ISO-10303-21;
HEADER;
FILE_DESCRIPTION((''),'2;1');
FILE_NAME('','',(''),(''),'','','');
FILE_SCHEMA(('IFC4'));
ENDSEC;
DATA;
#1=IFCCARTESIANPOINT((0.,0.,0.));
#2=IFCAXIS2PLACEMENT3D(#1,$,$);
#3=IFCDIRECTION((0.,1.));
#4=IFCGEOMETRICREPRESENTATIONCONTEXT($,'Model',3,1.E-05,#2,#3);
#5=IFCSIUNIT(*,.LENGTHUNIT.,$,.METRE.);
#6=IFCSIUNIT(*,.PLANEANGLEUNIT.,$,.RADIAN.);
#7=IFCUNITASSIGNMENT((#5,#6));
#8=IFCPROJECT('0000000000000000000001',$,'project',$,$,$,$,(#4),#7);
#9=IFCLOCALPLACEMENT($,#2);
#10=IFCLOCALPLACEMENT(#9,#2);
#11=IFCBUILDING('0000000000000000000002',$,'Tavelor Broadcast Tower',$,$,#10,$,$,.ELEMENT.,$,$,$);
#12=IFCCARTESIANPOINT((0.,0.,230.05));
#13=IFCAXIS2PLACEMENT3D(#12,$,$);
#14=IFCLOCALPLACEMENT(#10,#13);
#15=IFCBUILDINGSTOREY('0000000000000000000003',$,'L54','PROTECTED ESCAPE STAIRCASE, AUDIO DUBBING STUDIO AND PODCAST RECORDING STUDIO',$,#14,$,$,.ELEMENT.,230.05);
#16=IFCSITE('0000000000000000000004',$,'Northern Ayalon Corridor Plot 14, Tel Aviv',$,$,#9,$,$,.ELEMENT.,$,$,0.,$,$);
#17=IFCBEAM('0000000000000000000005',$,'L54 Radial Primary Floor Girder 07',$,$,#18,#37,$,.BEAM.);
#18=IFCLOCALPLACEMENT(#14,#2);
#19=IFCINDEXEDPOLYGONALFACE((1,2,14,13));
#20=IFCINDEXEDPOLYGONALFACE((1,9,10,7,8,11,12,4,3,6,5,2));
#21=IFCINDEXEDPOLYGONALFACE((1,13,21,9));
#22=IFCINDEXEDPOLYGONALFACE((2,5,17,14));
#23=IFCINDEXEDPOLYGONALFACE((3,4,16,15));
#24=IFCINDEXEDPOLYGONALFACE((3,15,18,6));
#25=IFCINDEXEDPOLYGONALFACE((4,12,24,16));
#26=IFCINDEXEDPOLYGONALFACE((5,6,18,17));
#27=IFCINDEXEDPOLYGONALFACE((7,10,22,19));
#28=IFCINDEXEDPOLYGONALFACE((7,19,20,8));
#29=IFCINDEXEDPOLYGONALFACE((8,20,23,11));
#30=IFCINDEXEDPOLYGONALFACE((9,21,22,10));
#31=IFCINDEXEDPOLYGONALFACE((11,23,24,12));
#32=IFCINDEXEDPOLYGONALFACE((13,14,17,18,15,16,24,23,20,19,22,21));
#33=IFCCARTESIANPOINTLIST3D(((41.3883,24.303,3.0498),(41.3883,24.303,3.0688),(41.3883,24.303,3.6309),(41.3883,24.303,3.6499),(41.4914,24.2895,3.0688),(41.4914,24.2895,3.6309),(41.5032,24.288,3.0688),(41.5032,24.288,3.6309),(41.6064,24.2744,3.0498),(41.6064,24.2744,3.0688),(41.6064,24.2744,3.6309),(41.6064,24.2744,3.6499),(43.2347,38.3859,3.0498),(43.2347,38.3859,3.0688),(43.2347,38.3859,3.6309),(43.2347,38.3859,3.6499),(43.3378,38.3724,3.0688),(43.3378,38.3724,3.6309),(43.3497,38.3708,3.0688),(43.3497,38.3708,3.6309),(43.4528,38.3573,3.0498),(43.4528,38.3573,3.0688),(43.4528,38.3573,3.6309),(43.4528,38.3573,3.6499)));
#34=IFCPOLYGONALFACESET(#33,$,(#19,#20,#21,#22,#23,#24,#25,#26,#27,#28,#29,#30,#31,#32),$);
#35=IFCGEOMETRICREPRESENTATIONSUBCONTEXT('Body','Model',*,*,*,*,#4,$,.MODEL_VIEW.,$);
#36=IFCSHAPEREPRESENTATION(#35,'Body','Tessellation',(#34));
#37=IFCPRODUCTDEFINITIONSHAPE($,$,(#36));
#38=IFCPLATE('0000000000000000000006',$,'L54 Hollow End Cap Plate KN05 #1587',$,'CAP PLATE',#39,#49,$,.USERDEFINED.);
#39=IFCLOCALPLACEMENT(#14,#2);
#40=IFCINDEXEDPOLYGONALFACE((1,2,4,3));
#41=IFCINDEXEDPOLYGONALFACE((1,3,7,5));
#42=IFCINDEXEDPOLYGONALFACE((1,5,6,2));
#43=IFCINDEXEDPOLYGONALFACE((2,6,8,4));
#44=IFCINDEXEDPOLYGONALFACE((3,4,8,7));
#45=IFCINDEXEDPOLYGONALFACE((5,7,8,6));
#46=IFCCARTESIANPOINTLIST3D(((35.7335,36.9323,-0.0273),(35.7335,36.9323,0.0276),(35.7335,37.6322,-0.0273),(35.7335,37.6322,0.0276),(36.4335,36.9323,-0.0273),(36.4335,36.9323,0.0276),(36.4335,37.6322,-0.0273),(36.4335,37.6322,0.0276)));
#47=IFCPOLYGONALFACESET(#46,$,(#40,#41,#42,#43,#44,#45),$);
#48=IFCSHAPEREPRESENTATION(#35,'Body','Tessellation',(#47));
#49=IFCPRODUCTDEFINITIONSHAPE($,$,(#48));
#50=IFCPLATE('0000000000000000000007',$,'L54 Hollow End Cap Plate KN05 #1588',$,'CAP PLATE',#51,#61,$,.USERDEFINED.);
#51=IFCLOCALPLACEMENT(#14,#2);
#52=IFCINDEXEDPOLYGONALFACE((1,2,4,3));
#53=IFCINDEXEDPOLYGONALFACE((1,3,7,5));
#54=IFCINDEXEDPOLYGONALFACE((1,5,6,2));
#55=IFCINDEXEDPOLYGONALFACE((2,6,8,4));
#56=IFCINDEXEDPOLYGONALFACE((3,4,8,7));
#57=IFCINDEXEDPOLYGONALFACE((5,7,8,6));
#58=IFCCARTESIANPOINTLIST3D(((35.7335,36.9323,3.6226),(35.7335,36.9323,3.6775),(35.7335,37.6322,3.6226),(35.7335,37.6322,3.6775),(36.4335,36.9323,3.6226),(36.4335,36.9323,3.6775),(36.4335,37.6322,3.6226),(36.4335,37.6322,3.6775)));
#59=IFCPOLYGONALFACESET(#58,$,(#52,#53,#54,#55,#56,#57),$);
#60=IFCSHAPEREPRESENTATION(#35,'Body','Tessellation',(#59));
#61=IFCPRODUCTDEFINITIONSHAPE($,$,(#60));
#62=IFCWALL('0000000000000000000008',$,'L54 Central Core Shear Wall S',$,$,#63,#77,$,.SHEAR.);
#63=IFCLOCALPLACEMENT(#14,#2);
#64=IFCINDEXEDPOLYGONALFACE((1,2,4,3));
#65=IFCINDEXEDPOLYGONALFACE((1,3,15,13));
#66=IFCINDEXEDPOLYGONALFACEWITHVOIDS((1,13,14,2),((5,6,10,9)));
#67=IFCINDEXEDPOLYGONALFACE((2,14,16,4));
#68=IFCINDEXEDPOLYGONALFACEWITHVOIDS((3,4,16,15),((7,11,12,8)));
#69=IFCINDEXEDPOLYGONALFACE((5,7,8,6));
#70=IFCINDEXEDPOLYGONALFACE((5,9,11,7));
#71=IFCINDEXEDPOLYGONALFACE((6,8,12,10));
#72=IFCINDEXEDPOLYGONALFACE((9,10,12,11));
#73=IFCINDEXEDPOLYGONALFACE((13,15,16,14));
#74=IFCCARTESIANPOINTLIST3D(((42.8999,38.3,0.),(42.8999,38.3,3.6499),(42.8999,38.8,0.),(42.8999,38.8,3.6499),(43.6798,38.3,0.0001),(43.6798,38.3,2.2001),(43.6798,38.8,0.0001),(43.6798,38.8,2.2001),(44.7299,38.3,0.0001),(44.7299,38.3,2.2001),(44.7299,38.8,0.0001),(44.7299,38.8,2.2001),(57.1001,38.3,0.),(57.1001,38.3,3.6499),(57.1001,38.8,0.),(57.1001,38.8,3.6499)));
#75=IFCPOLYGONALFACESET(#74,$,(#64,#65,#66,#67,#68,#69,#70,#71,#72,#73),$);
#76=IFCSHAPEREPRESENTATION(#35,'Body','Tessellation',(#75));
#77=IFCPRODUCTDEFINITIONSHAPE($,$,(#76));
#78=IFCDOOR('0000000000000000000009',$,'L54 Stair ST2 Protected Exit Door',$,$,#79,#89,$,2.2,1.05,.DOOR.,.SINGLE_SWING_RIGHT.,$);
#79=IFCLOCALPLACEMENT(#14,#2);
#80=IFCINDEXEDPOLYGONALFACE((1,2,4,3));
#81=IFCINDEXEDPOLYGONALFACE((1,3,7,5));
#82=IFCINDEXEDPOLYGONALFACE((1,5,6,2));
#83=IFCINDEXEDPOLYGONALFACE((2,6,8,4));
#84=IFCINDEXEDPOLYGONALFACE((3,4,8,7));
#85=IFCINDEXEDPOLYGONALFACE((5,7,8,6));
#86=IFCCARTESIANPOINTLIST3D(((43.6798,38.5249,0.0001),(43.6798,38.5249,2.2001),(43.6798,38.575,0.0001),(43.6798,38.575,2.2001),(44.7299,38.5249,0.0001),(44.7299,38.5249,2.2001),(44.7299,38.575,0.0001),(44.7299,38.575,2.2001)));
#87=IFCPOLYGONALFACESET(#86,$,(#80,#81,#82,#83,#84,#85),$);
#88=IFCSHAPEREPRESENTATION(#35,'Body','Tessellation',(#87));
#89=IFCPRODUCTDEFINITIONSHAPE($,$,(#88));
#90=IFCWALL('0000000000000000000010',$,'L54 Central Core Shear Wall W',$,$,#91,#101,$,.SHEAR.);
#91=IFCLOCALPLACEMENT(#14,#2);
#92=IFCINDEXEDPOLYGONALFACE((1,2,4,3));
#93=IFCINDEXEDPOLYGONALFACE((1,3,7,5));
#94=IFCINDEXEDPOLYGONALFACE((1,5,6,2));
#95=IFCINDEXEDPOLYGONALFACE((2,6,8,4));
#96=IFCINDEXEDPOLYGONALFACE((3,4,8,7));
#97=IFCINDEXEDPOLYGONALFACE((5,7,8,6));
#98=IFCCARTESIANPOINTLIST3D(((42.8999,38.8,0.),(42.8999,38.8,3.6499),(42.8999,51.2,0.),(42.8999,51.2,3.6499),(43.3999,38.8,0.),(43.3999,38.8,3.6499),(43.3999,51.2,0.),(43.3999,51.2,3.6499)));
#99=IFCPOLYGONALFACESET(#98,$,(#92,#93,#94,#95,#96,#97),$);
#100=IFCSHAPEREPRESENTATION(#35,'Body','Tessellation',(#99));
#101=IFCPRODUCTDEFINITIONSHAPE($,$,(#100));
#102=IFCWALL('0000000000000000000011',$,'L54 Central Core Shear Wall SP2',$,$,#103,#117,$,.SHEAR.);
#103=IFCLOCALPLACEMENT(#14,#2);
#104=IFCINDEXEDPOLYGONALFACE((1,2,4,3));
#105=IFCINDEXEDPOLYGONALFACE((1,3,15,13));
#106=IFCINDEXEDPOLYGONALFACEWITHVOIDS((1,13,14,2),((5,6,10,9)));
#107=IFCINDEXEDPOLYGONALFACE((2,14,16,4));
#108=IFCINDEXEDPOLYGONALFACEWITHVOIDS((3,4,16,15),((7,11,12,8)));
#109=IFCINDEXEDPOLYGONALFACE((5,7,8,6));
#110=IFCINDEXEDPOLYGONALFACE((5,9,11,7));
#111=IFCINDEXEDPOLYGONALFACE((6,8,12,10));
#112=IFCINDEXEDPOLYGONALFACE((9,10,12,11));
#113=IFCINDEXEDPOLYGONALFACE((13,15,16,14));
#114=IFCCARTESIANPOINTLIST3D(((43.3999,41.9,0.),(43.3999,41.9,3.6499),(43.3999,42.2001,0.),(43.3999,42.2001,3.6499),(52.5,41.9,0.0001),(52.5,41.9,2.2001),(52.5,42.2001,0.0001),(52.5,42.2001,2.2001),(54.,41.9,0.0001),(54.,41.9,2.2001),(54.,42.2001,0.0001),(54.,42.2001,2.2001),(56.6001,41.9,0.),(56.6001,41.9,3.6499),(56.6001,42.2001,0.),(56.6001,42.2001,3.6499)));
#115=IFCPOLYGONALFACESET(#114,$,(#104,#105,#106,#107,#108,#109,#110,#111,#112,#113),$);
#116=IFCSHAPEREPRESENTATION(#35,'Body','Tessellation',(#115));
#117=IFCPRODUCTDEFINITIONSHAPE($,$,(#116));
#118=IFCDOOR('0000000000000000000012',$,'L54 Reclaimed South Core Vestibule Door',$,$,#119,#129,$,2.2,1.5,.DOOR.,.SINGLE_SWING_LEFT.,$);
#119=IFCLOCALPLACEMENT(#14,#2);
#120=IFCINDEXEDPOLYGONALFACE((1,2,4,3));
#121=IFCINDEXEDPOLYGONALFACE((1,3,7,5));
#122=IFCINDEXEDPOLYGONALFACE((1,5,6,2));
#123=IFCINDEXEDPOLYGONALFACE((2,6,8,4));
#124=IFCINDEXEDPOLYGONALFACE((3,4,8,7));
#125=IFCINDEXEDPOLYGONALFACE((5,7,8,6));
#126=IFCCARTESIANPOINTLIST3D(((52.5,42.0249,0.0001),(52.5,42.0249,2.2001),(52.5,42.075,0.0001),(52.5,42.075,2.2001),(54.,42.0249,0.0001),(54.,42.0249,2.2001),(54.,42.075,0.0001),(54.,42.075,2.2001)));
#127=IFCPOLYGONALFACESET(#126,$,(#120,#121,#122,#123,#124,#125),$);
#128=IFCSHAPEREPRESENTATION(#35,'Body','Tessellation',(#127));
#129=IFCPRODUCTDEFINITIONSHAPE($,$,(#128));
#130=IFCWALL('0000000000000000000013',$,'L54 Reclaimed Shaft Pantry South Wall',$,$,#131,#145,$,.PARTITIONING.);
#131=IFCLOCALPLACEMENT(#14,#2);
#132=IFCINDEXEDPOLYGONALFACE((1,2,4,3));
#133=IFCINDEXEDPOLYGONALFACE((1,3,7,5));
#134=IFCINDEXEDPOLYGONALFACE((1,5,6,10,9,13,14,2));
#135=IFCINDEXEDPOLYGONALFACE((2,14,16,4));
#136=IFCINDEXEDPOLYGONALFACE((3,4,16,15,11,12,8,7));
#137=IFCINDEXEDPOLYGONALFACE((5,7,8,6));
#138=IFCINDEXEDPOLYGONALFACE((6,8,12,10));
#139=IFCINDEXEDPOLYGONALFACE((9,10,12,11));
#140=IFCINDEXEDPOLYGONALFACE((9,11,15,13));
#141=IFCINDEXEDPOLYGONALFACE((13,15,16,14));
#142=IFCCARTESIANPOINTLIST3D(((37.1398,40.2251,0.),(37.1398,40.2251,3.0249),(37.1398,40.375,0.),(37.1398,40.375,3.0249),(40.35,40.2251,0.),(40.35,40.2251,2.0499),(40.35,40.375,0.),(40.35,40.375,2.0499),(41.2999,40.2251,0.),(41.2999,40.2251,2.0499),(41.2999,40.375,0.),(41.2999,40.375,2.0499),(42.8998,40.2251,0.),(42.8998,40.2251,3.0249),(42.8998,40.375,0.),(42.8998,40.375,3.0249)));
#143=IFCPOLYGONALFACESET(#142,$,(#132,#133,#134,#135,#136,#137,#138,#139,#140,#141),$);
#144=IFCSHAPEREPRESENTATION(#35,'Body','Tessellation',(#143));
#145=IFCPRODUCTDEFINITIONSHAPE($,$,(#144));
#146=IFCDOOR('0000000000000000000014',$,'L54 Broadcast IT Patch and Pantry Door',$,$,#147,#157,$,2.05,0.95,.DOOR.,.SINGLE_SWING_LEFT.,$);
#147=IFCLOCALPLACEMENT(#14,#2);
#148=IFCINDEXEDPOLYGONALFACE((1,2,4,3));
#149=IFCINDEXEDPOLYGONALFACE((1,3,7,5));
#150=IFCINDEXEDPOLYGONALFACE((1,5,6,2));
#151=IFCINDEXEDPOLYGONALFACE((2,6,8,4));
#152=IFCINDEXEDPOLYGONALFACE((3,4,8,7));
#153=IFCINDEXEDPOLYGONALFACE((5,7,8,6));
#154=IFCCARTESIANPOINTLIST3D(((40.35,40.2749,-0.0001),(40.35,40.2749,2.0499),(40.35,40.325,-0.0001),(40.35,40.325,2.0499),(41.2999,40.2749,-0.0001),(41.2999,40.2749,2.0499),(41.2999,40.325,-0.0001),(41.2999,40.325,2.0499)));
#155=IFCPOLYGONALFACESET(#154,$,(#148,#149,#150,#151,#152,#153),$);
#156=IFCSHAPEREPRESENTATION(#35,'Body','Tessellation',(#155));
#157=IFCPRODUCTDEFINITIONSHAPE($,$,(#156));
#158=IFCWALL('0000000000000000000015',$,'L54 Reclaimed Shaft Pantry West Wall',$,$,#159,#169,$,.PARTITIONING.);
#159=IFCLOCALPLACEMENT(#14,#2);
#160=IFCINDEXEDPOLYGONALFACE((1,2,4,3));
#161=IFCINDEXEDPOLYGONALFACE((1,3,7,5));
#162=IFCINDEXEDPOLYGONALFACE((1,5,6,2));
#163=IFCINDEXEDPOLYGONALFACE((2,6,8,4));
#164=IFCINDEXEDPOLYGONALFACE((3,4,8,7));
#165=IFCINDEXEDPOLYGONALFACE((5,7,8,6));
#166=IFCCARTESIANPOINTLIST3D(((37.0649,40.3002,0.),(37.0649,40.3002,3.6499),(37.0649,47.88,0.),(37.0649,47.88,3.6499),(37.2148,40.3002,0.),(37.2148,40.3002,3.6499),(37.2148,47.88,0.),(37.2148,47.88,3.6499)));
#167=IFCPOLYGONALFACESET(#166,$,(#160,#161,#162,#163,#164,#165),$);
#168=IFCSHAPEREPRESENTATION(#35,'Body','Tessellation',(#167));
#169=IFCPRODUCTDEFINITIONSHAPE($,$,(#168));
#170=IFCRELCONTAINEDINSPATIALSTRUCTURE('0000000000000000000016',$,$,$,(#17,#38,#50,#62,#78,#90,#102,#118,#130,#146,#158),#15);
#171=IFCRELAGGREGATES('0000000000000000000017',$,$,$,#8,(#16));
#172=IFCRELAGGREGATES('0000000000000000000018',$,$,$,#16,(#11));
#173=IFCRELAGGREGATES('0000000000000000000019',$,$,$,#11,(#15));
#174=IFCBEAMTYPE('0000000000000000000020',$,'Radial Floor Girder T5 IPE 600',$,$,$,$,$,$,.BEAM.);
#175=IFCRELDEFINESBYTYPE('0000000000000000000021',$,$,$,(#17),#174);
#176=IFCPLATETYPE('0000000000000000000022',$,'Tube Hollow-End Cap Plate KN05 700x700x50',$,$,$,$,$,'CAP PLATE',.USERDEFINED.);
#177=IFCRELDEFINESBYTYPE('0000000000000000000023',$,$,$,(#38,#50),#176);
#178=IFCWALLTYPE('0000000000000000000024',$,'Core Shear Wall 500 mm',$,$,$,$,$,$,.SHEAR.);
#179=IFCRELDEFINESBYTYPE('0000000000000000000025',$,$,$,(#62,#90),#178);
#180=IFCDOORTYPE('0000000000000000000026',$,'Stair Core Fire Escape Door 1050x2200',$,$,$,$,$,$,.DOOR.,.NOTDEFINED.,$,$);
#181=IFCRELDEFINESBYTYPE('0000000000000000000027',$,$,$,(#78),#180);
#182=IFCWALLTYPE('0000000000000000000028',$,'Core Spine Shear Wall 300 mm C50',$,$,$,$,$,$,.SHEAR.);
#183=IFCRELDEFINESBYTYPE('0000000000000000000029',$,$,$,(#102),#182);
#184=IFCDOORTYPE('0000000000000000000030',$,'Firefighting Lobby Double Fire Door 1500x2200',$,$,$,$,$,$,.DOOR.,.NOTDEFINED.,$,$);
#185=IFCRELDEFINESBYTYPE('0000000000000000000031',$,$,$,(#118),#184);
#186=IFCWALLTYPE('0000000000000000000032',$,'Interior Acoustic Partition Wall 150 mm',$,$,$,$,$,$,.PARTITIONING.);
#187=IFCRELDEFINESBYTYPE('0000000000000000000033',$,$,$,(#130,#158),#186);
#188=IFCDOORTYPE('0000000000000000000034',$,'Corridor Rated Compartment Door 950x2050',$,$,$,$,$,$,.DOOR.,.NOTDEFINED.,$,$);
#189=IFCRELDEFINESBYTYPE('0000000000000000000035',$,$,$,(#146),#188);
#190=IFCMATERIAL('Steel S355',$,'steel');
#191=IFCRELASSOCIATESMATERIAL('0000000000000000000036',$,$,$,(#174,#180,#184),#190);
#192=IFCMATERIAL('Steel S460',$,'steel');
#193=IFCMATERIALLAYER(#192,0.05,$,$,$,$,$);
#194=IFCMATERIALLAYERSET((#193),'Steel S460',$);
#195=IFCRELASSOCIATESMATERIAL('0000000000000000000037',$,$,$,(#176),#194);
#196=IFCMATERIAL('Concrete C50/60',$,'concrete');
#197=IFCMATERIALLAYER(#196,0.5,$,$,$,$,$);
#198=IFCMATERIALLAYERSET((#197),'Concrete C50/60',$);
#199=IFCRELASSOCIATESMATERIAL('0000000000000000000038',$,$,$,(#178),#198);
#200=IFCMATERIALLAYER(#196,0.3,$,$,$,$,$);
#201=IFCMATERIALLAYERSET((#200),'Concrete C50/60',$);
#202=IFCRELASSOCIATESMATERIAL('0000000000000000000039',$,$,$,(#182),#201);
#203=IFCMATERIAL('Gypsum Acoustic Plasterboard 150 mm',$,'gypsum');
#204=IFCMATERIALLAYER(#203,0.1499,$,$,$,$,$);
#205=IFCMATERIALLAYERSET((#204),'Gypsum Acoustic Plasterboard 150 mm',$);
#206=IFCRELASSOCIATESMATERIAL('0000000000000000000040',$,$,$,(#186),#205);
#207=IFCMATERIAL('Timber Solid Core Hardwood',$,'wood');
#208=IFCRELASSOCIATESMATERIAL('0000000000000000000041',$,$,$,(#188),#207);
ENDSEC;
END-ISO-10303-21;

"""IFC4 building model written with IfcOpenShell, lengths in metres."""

from ifc_helpers import new_model, si_unit, direction, frame, frame_2d, origin, origin_2d, place, context, subcontext, project, spatial, rectangle, i_section, extrude, source, transform, mapped, material, layer, layer_set, material_profile, profile_set, type_object, type_shapes, element, fill, save


model = new_model("IFC4")

# Units and contexts
model_context = context("Model", 3, precision=1e-05, world=origin(), true_north=direction((0.0, 1.0)))
body_context = subcontext(model_context, "Body", "Model", "MODEL_VIEW")
ifc_project = project(units=[si_unit("LENGTHUNIT", "METRE"), si_unit("PLANEANGLEUNIT", "RADIAN")], contexts=[model_context])

# Site, building, storey
site_placement = place(None, origin())
site = spatial("IfcSite", under=ifc_project, at=site_placement, Name="Northern Ayalon Corridor Plot 14, Tel Aviv", CompositionType="ELEMENT", RefElevation=0.0)
building_placement = place(site_placement, origin())
building = spatial("IfcBuilding", under=site, at=building_placement, Name="Tavelor Broadcast Tower", CompositionType="ELEMENT")
storey_placement = place(building_placement, frame((0.0, 0.0, 230.05)))
storey = spatial("IfcBuildingStorey", under=building, at=storey_placement, Name="L54", Description="PROTECTED ESCAPE STAIRCASE, AUDIO DUBBING STUDIO AND PODCAST RECORDING STUDIO", CompositionType="ELEMENT", Elevation=230.05)

# Shared definitions
ifc_material_1 = material(Name="Concrete C50/60", Category="concrete")
ifc_material_2 = material(Name="Steel S460", Category="steel")

# Beam
ifc_material_3 = material(Name="Steel S355", Category="steel")
ifc_material_profile_1 = material_profile(ifc_material_3, i_section(OverallWidth=0.22, OverallDepth=0.6001, WebThickness=0.012, FlangeThickness=0.019, at=origin_2d()), Name="IPE 600")
ifc_profile_set_1 = profile_set([ifc_material_profile_1], Name="Steel S355")
beam_type_1 = type_object("IfcBeamType", Name="Radial Floor Girder T5 IPE 600", PredefinedType="BEAM", material=ifc_profile_set_1)
beam_1_placement = place(storey_placement, frame((43.3438, 38.3716, 3.3499), z_axis=(-0.130001, -0.991514, 0.0), x_axis=(0.991514, -0.130001, 0.0)))
element("IfcBeam", 1, at=beam_1_placement, inside=storey, type_object=beam_type_1, Name="L54 Radial Primary Floor Girder 07", PredefinedType="BEAM", context=body_context, shape_type="SweptSolid", body=[
    extrude(i_section(OverallWidth=0.22, OverallDepth=0.6001, WebThickness=0.012, FlangeThickness=0.019, at=origin_2d()), origin(), (0.0, 0.0, 1.0), 14.2034),
])

# Plates
ifc_layer_1 = layer(ifc_material_2, 0.05)
ifc_layer_set_1 = layer_set([ifc_layer_1], Name="Steel S460")
plate_type = type_object("IfcPlateType", Name="Tube Hollow-End Cap Plate KN05 700x700x50", ElementType="CAP PLATE", PredefinedType="USERDEFINED", material=ifc_layer_set_1)
shared_shape = source(origin(), body_context, "Body", "SweptSolid", [
    extrude(rectangle(XDim=0.7, YDim=0.7, at=origin_2d()), origin(), (0.0, 0.0, 1.0), 0.0549),
])
type_shapes(plate_type, [shared_shape])
for number, where, z_axis, x_axis, name in (
    (2, (36.0835, 37.2822, -0.0273), (0.0, 0.0, 1.0), (1.0, 0.0, 0.0), "L54 Hollow End Cap Plate KN05 #1587"),
    (3, (36.0835, 37.2822, 3.6226), (0.0, 0.0, 1.0), (1.0, 0.0, 0.0), "L54 Hollow End Cap Plate KN05 #1588"),
):
    element("IfcPlate", number, at=place(storey_placement, frame(where, z_axis=z_axis, x_axis=x_axis)), inside=storey, type_object=plate_type, Name=name, ObjectType="CAP PLATE", PredefinedType="USERDEFINED", context=body_context, shape_type="MappedRepresentation", body=[
        mapped(shared_shape, transform((0.0, 0.0, 0.0), scale=1.0)),
    ])

# Wall, opening, door
ifc_layer_2 = layer(ifc_material_1, 0.5)
ifc_layer_set_2 = layer_set([ifc_layer_2], Name="Concrete C50/60")
wall_type_1 = type_object("IfcWallType", Name="Core Shear Wall 500 mm", PredefinedType="SHEAR", material=ifc_layer_set_2)
wall_1_placement = place(storey_placement, frame((42.8999, 38.55, 0.0), z_axis=(0.0, 0.0, 1.0), x_axis=(1.0, 0.0, 0.0)))
wall_1 = element("IfcWall", 4, at=wall_1_placement, inside=storey, type_object=wall_type_1, Name="L54 Central Core Shear Wall S", PredefinedType="SHEAR", context=body_context, shape_type="SweptSolid", body=[
    extrude(rectangle(XDim=14.2002, YDim=0.5, at=frame_2d((7.1001, 0.0))), origin(), (0.0, 0.0, 1.0), 3.6499),
])
opening_1_placement = place(wall_1_placement, frame((0.78, 0.0, 0.0)))
opening_1 = element("IfcOpeningElement", 5, at=opening_1_placement, cuts=wall_1, PredefinedType="OPENING", context=body_context, shape_type="SweptSolid", body=[
    extrude(rectangle(XDim=1.05, YDim=2.2, at=frame_2d((0.5249, 1.1001))), frame((0.0, 0.26, 0.0), z_axis=(0.0, -1.0, 0.0), x_axis=(1.0, 0.0, 0.0)), (0.0, 0.0, 1.0), 0.52),
])
door_type_1 = type_object("IfcDoorType", Name="Stair Core Fire Escape Door 1050x2200", OperationType="NOTDEFINED", PredefinedType="DOOR", material=ifc_material_3)
door_1_placement = place(opening_1_placement, origin())
door_1 = element("IfcDoor", 6, at=door_1_placement, inside=storey, type_object=door_type_1, Name="L54 Stair ST2 Protected Exit Door", OperationType="SINGLE_SWING_RIGHT", OverallHeight=2.2, OverallWidth=1.05, PredefinedType="DOOR", context=body_context, shape_type="SweptSolid", body=[
    extrude(rectangle(XDim=1.05, YDim=2.2, at=frame_2d((0.5249, 1.1001))), frame((0.0, 0.0249, 0.0), z_axis=(0.0, -1.0, 0.0), x_axis=(1.0, 0.0, 0.0)), (0.0, 0.0, 1.0), 0.05),
])
fill(opening_1, door_1)

# Wall
wall_2_placement = place(storey_placement, frame((43.1499, 38.8, 0.0), z_axis=(0.0, 0.0, 1.0), x_axis=(0.0, 1.0, 0.0)))
element("IfcWall", 7, at=wall_2_placement, inside=storey, type_object=wall_type_1, Name="L54 Central Core Shear Wall W", PredefinedType="SHEAR", context=body_context, shape_type="SweptSolid", body=[
    extrude(rectangle(XDim=12.3999, YDim=0.5, at=frame_2d((6.2, 0.0))), origin(), (0.0, 0.0, 1.0), 3.6499),
])

# Walls, openings, doors
ifc_layer_3 = layer(ifc_material_1, 0.3)
ifc_layer_set_3 = layer_set([ifc_layer_3], Name="Concrete C50/60")
wall_type_2 = type_object("IfcWallType", Name="Core Spine Shear Wall 300 mm C50", PredefinedType="SHEAR", material=ifc_layer_set_3)
wall_3_placement = place(storey_placement, frame((43.3999, 42.05, 0.0), z_axis=(0.0, 0.0, 1.0), x_axis=(1.0, 0.0, 0.0)))
wall_3 = element("IfcWall", 8, at=wall_3_placement, inside=storey, type_object=wall_type_2, Name="L54 Central Core Shear Wall SP2", PredefinedType="SHEAR", context=body_context, shape_type="SweptSolid", body=[
    extrude(rectangle(XDim=13.2002, YDim=0.3, at=frame_2d((6.6001, 0.0))), origin(), (0.0, 0.0, 1.0), 3.6499),
])
opening_2_placement = place(wall_3_placement, frame((9.1001, 0.0, 0.0)))
opening_2 = element("IfcOpeningElement", 9, at=opening_2_placement, cuts=wall_3, PredefinedType="OPENING", context=body_context, shape_type="SweptSolid", body=[
    extrude(rectangle(XDim=1.5, YDim=2.2, at=frame_2d((0.75, 1.1001))), frame((0.0, 0.1602, 0.0), z_axis=(0.0, -1.0, 0.0), x_axis=(1.0, 0.0, 0.0)), (0.0, 0.0, 1.0), 0.3201),
])
door_type_2 = type_object("IfcDoorType", Name="Firefighting Lobby Double Fire Door 1500x2200", OperationType="NOTDEFINED", PredefinedType="DOOR", material=ifc_material_3)
door_2_placement = place(opening_2_placement, origin())
door_2 = element("IfcDoor", 10, at=door_2_placement, inside=storey, type_object=door_type_2, Name="L54 Reclaimed South Core Vestibule Door", OperationType="SINGLE_SWING_LEFT", OverallHeight=2.2, OverallWidth=1.5, PredefinedType="DOOR", context=body_context, shape_type="SweptSolid", body=[
    extrude(rectangle(XDim=1.5, YDim=2.2, at=frame_2d((0.75, 1.1001))), frame((0.0, 0.0249, 0.0), z_axis=(0.0, -1.0, 0.0), x_axis=(1.0, 0.0, 0.0)), (0.0, 0.0, 1.0), 0.05),
])
fill(opening_2, door_2)
ifc_material_4 = material(Name="Gypsum Acoustic Plasterboard 150 mm", Category="gypsum")
ifc_layer_4 = layer(ifc_material_4, 0.1499)
ifc_layer_set_4 = layer_set([ifc_layer_4], Name="Gypsum Acoustic Plasterboard 150 mm")
wall_type_3 = type_object("IfcWallType", Name="Interior Acoustic Partition Wall 150 mm", PredefinedType="PARTITIONING", material=ifc_layer_set_4)
wall_4_placement = place(storey_placement, frame((37.1399, 40.3, 0.0), z_axis=(0.0, 0.0, 1.0), x_axis=(1.0, 0.0, 0.0)))
wall_4 = element("IfcWall", 11, at=wall_4_placement, inside=storey, type_object=wall_type_3, Name="L54 Reclaimed Shaft Pantry South Wall", PredefinedType="PARTITIONING", context=body_context, shape_type="SweptSolid", body=[
    extrude(rectangle(XDim=5.76, YDim=0.1499, at=frame_2d((2.8799, 0.0))), origin(), (0.0, 0.0, 1.0), 3.0249),
])
opening_3_placement = place(wall_4_placement, frame((3.21, 0.0, 0.0)))
opening_3 = element("IfcOpeningElement", 12, at=opening_3_placement, cuts=wall_4, PredefinedType="OPENING", context=body_context, shape_type="SweptSolid", body=[
    extrude(rectangle(XDim=0.95, YDim=2.05, at=frame_2d((0.4751, 1.0249))), frame((0.0, 0.085, 0.0), z_axis=(0.0, -1.0, 0.0), x_axis=(1.0, 0.0, 0.0)), (0.0, 0.0, 1.0), 0.1699),
])
ifc_material_5 = material(Name="Timber Solid Core Hardwood", Category="wood")
door_type_3 = type_object("IfcDoorType", Name="Corridor Rated Compartment Door 950x2050", OperationType="NOTDEFINED", PredefinedType="DOOR", material=ifc_material_5)
door_3_placement = place(opening_3_placement, origin())
door_3 = element("IfcDoor", 13, at=door_3_placement, inside=storey, type_object=door_type_3, Name="L54 Broadcast IT Patch and Pantry Door", OperationType="SINGLE_SWING_LEFT", OverallHeight=2.05, OverallWidth=0.95, PredefinedType="DOOR", context=body_context, shape_type="SweptSolid", body=[
    extrude(rectangle(XDim=0.95, YDim=2.05, at=frame_2d((0.4751, 1.0249))), frame((0.0, 0.0249, 0.0), z_axis=(0.0, -1.0, 0.0), x_axis=(1.0, 0.0, 0.0)), (0.0, 0.0, 1.0), 0.05),
])
fill(opening_3, door_3)

# Wall
wall_5_placement = place(storey_placement, frame((37.1399, 40.3, 0.0), z_axis=(0.0, 0.0, 1.0), x_axis=(0.0, 1.0, 0.0)))
element("IfcWall", 14, at=wall_5_placement, inside=storey, type_object=wall_type_3, Name="L54 Reclaimed Shaft Pantry West Wall", PredefinedType="PARTITIONING", context=body_context, shape_type="SweptSolid", body=[
    extrude(rectangle(XDim=7.5798, YDim=0.1499, at=frame_2d((3.79, 0.0))), origin(), (0.0, 0.0, 1.0), 3.6499),
])

save(model, "model.ifc")
